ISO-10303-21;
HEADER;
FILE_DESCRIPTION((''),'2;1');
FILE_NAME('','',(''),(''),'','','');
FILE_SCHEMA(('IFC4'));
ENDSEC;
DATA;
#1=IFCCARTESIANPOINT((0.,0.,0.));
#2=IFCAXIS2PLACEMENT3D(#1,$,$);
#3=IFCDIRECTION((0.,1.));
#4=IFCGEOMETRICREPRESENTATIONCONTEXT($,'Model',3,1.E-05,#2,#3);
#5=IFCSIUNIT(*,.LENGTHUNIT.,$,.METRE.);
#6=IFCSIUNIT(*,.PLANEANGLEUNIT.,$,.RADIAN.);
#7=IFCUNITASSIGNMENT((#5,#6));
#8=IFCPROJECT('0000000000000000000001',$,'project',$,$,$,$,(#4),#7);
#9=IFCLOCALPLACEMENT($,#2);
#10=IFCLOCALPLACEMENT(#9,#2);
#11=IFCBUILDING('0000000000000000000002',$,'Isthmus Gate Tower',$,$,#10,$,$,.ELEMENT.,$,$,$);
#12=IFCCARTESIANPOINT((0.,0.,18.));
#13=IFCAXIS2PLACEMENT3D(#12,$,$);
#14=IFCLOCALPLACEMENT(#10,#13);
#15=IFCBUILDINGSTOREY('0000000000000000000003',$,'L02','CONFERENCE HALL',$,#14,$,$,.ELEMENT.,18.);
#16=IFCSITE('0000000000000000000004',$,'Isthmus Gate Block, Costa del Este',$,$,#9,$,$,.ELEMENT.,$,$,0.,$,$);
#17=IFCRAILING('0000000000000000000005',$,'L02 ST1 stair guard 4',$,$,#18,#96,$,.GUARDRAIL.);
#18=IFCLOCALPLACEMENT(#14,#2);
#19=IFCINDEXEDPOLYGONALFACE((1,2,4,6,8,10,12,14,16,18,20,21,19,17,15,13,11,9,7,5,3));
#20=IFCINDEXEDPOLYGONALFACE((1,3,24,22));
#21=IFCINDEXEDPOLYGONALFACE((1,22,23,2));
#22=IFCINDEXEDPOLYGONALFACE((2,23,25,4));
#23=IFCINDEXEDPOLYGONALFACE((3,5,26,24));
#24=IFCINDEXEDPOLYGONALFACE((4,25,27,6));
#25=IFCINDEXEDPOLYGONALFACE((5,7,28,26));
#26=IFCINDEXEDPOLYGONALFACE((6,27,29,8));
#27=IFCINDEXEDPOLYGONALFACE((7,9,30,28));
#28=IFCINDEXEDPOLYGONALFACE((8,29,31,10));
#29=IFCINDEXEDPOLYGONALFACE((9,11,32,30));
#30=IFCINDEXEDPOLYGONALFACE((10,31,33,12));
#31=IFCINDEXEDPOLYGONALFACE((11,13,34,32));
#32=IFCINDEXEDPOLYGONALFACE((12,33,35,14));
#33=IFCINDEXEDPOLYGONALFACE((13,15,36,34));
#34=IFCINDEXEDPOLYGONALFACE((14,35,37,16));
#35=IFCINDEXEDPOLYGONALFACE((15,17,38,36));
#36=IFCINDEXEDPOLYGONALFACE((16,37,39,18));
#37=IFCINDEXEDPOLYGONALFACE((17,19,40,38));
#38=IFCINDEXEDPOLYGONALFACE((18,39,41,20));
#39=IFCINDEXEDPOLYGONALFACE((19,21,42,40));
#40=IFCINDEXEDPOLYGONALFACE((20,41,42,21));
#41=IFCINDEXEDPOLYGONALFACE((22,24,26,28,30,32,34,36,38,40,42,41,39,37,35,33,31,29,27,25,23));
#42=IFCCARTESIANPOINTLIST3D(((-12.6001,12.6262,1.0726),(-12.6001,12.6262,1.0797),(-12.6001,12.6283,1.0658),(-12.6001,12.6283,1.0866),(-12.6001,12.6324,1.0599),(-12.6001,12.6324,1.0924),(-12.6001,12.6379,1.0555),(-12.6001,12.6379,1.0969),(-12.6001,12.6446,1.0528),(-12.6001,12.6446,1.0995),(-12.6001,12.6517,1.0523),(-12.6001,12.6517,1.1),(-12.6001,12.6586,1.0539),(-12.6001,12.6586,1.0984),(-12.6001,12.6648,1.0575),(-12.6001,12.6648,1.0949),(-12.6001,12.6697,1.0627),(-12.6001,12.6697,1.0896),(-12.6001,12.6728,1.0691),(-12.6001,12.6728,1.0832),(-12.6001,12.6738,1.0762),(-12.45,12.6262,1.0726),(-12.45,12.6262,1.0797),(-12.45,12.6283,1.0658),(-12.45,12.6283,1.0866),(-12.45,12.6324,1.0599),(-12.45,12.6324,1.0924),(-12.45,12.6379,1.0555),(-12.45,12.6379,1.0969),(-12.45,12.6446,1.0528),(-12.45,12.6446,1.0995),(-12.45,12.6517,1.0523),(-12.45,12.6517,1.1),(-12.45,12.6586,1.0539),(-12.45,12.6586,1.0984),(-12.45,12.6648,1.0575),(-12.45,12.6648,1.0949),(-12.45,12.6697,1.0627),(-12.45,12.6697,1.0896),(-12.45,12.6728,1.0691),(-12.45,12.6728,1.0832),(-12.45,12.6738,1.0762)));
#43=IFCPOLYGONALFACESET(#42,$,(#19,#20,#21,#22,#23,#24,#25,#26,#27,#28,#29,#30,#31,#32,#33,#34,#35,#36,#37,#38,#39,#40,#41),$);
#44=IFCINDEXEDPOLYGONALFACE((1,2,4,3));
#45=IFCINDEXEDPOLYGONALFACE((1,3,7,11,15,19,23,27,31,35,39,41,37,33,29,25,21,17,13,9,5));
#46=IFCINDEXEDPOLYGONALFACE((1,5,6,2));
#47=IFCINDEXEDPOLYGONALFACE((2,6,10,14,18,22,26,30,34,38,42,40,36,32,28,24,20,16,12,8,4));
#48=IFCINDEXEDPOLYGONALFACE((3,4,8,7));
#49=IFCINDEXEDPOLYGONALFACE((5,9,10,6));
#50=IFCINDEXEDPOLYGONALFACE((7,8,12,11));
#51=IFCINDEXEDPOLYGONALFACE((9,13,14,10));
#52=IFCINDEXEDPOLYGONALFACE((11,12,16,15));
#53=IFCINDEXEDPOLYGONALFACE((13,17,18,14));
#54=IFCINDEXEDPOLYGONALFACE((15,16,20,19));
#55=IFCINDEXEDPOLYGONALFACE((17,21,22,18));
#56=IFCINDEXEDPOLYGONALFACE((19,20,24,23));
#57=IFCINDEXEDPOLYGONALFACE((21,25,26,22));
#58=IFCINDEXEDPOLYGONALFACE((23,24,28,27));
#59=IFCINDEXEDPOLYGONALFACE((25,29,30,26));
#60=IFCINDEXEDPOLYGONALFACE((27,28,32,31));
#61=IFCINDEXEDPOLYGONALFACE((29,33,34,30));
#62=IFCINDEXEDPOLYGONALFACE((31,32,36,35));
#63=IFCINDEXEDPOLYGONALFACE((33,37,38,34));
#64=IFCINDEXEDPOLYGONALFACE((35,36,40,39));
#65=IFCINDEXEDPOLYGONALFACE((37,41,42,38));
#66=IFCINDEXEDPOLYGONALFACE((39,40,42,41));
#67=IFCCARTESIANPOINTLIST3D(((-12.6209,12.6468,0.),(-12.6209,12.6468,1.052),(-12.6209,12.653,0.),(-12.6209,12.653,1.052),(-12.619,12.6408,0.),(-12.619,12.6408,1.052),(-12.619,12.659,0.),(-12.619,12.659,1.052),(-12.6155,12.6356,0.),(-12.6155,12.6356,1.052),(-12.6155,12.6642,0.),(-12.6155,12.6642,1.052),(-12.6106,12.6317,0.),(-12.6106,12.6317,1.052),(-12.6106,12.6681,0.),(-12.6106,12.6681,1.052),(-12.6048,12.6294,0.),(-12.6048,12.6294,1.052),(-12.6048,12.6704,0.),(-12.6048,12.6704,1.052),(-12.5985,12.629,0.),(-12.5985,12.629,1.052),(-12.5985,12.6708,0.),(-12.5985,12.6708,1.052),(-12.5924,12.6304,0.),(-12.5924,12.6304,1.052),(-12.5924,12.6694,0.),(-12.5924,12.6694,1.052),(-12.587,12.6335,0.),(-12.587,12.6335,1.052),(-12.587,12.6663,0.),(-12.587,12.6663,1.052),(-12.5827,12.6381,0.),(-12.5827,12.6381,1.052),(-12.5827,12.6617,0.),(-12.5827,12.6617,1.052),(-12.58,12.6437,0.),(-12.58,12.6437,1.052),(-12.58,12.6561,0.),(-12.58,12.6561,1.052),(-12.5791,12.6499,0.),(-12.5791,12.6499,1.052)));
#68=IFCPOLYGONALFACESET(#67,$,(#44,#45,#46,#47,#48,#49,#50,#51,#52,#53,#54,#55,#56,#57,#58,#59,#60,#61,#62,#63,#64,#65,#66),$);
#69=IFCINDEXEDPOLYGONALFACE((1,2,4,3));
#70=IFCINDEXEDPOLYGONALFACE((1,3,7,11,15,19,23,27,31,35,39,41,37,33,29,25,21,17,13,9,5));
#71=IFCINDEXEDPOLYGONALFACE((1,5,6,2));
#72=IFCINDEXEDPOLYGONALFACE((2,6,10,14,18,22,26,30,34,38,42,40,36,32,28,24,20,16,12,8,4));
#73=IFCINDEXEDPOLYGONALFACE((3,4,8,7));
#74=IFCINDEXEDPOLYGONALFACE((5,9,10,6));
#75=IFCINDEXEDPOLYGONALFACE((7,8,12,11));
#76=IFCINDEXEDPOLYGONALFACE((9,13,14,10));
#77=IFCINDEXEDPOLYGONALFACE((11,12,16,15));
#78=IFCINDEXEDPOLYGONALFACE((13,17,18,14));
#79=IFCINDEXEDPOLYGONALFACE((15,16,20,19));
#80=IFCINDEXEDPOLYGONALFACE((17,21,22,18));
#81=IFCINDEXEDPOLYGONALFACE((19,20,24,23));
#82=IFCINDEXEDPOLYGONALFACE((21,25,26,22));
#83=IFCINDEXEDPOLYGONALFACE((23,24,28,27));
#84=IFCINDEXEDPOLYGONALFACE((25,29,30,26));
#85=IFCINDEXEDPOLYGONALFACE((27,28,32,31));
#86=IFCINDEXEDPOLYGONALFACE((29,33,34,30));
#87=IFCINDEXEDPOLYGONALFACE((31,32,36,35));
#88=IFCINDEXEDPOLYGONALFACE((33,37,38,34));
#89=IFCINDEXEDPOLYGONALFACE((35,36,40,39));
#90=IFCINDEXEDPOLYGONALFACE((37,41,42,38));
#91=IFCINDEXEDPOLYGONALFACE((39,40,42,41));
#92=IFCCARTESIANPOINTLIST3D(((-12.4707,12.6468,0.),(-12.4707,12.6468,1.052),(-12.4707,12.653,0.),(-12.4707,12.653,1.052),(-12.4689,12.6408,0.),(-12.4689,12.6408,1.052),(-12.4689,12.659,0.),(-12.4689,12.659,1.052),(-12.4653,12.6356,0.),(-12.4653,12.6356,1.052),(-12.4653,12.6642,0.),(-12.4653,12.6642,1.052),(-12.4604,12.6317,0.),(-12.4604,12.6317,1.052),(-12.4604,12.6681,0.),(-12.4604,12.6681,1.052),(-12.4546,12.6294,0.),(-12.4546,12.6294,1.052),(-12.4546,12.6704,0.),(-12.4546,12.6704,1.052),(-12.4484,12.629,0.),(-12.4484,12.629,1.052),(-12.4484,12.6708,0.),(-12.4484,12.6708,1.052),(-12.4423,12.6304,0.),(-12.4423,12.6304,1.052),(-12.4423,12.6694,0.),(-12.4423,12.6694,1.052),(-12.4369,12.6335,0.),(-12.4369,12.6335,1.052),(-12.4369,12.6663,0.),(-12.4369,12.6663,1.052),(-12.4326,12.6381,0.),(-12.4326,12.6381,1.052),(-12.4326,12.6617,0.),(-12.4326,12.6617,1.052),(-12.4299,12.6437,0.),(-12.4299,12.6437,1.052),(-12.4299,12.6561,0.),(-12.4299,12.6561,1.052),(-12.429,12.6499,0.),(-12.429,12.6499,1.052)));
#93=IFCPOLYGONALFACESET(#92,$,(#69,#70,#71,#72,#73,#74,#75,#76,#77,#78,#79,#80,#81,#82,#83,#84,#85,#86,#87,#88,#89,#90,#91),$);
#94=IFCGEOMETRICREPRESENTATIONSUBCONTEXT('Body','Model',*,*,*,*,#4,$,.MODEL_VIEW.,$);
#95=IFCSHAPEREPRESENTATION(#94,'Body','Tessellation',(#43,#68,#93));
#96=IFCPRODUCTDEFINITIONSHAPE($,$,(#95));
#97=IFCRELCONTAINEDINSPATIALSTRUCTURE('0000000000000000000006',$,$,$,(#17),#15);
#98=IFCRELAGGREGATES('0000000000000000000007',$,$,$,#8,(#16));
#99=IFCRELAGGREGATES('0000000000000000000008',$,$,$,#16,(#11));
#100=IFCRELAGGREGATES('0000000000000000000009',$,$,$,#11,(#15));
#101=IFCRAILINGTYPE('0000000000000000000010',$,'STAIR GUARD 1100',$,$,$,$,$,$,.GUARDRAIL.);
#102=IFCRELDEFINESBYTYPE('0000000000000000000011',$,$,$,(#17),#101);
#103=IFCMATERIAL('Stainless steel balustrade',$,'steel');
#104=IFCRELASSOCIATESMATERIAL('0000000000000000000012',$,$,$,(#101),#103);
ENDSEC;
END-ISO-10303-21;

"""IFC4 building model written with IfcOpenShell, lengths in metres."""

from ifc_helpers import new_model, si_unit, direction, frame, origin, origin_2d, place, context, subcontext, project, spatial, circle, extrude, material, type_object, element, save


model = new_model("IFC4")

# Units and contexts
model_context = context("Model", 3, precision=1e-05, world=origin(), true_north=direction((0.0, 1.0)))
body_context = subcontext(model_context, "Body", "Model", "MODEL_VIEW")
ifc_project = project(units=[si_unit("LENGTHUNIT", "METRE"), si_unit("PLANEANGLEUNIT", "RADIAN")], contexts=[model_context])

# Site, building, storey
site_placement = place(None, origin())
site = spatial("IfcSite", under=ifc_project, at=site_placement, Name="Isthmus Gate Block, Costa del Este", CompositionType="ELEMENT", RefElevation=0.0)
building_placement = place(site_placement, origin())
building = spatial("IfcBuilding", under=site, at=building_placement, Name="Isthmus Gate Tower", CompositionType="ELEMENT")
storey_placement = place(building_placement, frame((0.0, 0.0, 18.0)))
storey = spatial("IfcBuildingStorey", under=building, at=storey_placement, Name="L02", Description="CONFERENCE HALL", CompositionType="ELEMENT", Elevation=18.0)

# Railing
ifc_material_1 = material(Name="Stainless steel balustrade", Category="steel")
railing_type_1 = type_object("IfcRailingType", Name="STAIR GUARD 1100", PredefinedType="GUARDRAIL", material=ifc_material_1)
railing_1_placement = place(storey_placement, frame((-12.6001, 12.6499, 0.0)))
element("IfcRailing", 1, at=railing_1_placement, inside=storey, type_object=railing_type_1, Name="L02 ST1 stair guard 4", PredefinedType="GUARDRAIL", context=body_context, shape_type="SweptSolid", body=[
    extrude(circle(Radius=0.0239, at=origin_2d()), frame((0.0, 0.0, 1.0762), z_axis=(1.0, 0.0, 0.0), x_axis=(0.0, 1.0, 0.0)), (0.0, 0.0, 1.0), 0.1501),
    extrude(circle(Radius=0.021, at=origin_2d()), origin(), (0.0, 0.0, 1.0), 1.052),
    extrude(circle(Radius=0.021, at=origin_2d()), frame((0.1501, 0.0, 0.0)), (0.0, 0.0, 1.0), 1.052),
])

save(model, "model.ifc")
